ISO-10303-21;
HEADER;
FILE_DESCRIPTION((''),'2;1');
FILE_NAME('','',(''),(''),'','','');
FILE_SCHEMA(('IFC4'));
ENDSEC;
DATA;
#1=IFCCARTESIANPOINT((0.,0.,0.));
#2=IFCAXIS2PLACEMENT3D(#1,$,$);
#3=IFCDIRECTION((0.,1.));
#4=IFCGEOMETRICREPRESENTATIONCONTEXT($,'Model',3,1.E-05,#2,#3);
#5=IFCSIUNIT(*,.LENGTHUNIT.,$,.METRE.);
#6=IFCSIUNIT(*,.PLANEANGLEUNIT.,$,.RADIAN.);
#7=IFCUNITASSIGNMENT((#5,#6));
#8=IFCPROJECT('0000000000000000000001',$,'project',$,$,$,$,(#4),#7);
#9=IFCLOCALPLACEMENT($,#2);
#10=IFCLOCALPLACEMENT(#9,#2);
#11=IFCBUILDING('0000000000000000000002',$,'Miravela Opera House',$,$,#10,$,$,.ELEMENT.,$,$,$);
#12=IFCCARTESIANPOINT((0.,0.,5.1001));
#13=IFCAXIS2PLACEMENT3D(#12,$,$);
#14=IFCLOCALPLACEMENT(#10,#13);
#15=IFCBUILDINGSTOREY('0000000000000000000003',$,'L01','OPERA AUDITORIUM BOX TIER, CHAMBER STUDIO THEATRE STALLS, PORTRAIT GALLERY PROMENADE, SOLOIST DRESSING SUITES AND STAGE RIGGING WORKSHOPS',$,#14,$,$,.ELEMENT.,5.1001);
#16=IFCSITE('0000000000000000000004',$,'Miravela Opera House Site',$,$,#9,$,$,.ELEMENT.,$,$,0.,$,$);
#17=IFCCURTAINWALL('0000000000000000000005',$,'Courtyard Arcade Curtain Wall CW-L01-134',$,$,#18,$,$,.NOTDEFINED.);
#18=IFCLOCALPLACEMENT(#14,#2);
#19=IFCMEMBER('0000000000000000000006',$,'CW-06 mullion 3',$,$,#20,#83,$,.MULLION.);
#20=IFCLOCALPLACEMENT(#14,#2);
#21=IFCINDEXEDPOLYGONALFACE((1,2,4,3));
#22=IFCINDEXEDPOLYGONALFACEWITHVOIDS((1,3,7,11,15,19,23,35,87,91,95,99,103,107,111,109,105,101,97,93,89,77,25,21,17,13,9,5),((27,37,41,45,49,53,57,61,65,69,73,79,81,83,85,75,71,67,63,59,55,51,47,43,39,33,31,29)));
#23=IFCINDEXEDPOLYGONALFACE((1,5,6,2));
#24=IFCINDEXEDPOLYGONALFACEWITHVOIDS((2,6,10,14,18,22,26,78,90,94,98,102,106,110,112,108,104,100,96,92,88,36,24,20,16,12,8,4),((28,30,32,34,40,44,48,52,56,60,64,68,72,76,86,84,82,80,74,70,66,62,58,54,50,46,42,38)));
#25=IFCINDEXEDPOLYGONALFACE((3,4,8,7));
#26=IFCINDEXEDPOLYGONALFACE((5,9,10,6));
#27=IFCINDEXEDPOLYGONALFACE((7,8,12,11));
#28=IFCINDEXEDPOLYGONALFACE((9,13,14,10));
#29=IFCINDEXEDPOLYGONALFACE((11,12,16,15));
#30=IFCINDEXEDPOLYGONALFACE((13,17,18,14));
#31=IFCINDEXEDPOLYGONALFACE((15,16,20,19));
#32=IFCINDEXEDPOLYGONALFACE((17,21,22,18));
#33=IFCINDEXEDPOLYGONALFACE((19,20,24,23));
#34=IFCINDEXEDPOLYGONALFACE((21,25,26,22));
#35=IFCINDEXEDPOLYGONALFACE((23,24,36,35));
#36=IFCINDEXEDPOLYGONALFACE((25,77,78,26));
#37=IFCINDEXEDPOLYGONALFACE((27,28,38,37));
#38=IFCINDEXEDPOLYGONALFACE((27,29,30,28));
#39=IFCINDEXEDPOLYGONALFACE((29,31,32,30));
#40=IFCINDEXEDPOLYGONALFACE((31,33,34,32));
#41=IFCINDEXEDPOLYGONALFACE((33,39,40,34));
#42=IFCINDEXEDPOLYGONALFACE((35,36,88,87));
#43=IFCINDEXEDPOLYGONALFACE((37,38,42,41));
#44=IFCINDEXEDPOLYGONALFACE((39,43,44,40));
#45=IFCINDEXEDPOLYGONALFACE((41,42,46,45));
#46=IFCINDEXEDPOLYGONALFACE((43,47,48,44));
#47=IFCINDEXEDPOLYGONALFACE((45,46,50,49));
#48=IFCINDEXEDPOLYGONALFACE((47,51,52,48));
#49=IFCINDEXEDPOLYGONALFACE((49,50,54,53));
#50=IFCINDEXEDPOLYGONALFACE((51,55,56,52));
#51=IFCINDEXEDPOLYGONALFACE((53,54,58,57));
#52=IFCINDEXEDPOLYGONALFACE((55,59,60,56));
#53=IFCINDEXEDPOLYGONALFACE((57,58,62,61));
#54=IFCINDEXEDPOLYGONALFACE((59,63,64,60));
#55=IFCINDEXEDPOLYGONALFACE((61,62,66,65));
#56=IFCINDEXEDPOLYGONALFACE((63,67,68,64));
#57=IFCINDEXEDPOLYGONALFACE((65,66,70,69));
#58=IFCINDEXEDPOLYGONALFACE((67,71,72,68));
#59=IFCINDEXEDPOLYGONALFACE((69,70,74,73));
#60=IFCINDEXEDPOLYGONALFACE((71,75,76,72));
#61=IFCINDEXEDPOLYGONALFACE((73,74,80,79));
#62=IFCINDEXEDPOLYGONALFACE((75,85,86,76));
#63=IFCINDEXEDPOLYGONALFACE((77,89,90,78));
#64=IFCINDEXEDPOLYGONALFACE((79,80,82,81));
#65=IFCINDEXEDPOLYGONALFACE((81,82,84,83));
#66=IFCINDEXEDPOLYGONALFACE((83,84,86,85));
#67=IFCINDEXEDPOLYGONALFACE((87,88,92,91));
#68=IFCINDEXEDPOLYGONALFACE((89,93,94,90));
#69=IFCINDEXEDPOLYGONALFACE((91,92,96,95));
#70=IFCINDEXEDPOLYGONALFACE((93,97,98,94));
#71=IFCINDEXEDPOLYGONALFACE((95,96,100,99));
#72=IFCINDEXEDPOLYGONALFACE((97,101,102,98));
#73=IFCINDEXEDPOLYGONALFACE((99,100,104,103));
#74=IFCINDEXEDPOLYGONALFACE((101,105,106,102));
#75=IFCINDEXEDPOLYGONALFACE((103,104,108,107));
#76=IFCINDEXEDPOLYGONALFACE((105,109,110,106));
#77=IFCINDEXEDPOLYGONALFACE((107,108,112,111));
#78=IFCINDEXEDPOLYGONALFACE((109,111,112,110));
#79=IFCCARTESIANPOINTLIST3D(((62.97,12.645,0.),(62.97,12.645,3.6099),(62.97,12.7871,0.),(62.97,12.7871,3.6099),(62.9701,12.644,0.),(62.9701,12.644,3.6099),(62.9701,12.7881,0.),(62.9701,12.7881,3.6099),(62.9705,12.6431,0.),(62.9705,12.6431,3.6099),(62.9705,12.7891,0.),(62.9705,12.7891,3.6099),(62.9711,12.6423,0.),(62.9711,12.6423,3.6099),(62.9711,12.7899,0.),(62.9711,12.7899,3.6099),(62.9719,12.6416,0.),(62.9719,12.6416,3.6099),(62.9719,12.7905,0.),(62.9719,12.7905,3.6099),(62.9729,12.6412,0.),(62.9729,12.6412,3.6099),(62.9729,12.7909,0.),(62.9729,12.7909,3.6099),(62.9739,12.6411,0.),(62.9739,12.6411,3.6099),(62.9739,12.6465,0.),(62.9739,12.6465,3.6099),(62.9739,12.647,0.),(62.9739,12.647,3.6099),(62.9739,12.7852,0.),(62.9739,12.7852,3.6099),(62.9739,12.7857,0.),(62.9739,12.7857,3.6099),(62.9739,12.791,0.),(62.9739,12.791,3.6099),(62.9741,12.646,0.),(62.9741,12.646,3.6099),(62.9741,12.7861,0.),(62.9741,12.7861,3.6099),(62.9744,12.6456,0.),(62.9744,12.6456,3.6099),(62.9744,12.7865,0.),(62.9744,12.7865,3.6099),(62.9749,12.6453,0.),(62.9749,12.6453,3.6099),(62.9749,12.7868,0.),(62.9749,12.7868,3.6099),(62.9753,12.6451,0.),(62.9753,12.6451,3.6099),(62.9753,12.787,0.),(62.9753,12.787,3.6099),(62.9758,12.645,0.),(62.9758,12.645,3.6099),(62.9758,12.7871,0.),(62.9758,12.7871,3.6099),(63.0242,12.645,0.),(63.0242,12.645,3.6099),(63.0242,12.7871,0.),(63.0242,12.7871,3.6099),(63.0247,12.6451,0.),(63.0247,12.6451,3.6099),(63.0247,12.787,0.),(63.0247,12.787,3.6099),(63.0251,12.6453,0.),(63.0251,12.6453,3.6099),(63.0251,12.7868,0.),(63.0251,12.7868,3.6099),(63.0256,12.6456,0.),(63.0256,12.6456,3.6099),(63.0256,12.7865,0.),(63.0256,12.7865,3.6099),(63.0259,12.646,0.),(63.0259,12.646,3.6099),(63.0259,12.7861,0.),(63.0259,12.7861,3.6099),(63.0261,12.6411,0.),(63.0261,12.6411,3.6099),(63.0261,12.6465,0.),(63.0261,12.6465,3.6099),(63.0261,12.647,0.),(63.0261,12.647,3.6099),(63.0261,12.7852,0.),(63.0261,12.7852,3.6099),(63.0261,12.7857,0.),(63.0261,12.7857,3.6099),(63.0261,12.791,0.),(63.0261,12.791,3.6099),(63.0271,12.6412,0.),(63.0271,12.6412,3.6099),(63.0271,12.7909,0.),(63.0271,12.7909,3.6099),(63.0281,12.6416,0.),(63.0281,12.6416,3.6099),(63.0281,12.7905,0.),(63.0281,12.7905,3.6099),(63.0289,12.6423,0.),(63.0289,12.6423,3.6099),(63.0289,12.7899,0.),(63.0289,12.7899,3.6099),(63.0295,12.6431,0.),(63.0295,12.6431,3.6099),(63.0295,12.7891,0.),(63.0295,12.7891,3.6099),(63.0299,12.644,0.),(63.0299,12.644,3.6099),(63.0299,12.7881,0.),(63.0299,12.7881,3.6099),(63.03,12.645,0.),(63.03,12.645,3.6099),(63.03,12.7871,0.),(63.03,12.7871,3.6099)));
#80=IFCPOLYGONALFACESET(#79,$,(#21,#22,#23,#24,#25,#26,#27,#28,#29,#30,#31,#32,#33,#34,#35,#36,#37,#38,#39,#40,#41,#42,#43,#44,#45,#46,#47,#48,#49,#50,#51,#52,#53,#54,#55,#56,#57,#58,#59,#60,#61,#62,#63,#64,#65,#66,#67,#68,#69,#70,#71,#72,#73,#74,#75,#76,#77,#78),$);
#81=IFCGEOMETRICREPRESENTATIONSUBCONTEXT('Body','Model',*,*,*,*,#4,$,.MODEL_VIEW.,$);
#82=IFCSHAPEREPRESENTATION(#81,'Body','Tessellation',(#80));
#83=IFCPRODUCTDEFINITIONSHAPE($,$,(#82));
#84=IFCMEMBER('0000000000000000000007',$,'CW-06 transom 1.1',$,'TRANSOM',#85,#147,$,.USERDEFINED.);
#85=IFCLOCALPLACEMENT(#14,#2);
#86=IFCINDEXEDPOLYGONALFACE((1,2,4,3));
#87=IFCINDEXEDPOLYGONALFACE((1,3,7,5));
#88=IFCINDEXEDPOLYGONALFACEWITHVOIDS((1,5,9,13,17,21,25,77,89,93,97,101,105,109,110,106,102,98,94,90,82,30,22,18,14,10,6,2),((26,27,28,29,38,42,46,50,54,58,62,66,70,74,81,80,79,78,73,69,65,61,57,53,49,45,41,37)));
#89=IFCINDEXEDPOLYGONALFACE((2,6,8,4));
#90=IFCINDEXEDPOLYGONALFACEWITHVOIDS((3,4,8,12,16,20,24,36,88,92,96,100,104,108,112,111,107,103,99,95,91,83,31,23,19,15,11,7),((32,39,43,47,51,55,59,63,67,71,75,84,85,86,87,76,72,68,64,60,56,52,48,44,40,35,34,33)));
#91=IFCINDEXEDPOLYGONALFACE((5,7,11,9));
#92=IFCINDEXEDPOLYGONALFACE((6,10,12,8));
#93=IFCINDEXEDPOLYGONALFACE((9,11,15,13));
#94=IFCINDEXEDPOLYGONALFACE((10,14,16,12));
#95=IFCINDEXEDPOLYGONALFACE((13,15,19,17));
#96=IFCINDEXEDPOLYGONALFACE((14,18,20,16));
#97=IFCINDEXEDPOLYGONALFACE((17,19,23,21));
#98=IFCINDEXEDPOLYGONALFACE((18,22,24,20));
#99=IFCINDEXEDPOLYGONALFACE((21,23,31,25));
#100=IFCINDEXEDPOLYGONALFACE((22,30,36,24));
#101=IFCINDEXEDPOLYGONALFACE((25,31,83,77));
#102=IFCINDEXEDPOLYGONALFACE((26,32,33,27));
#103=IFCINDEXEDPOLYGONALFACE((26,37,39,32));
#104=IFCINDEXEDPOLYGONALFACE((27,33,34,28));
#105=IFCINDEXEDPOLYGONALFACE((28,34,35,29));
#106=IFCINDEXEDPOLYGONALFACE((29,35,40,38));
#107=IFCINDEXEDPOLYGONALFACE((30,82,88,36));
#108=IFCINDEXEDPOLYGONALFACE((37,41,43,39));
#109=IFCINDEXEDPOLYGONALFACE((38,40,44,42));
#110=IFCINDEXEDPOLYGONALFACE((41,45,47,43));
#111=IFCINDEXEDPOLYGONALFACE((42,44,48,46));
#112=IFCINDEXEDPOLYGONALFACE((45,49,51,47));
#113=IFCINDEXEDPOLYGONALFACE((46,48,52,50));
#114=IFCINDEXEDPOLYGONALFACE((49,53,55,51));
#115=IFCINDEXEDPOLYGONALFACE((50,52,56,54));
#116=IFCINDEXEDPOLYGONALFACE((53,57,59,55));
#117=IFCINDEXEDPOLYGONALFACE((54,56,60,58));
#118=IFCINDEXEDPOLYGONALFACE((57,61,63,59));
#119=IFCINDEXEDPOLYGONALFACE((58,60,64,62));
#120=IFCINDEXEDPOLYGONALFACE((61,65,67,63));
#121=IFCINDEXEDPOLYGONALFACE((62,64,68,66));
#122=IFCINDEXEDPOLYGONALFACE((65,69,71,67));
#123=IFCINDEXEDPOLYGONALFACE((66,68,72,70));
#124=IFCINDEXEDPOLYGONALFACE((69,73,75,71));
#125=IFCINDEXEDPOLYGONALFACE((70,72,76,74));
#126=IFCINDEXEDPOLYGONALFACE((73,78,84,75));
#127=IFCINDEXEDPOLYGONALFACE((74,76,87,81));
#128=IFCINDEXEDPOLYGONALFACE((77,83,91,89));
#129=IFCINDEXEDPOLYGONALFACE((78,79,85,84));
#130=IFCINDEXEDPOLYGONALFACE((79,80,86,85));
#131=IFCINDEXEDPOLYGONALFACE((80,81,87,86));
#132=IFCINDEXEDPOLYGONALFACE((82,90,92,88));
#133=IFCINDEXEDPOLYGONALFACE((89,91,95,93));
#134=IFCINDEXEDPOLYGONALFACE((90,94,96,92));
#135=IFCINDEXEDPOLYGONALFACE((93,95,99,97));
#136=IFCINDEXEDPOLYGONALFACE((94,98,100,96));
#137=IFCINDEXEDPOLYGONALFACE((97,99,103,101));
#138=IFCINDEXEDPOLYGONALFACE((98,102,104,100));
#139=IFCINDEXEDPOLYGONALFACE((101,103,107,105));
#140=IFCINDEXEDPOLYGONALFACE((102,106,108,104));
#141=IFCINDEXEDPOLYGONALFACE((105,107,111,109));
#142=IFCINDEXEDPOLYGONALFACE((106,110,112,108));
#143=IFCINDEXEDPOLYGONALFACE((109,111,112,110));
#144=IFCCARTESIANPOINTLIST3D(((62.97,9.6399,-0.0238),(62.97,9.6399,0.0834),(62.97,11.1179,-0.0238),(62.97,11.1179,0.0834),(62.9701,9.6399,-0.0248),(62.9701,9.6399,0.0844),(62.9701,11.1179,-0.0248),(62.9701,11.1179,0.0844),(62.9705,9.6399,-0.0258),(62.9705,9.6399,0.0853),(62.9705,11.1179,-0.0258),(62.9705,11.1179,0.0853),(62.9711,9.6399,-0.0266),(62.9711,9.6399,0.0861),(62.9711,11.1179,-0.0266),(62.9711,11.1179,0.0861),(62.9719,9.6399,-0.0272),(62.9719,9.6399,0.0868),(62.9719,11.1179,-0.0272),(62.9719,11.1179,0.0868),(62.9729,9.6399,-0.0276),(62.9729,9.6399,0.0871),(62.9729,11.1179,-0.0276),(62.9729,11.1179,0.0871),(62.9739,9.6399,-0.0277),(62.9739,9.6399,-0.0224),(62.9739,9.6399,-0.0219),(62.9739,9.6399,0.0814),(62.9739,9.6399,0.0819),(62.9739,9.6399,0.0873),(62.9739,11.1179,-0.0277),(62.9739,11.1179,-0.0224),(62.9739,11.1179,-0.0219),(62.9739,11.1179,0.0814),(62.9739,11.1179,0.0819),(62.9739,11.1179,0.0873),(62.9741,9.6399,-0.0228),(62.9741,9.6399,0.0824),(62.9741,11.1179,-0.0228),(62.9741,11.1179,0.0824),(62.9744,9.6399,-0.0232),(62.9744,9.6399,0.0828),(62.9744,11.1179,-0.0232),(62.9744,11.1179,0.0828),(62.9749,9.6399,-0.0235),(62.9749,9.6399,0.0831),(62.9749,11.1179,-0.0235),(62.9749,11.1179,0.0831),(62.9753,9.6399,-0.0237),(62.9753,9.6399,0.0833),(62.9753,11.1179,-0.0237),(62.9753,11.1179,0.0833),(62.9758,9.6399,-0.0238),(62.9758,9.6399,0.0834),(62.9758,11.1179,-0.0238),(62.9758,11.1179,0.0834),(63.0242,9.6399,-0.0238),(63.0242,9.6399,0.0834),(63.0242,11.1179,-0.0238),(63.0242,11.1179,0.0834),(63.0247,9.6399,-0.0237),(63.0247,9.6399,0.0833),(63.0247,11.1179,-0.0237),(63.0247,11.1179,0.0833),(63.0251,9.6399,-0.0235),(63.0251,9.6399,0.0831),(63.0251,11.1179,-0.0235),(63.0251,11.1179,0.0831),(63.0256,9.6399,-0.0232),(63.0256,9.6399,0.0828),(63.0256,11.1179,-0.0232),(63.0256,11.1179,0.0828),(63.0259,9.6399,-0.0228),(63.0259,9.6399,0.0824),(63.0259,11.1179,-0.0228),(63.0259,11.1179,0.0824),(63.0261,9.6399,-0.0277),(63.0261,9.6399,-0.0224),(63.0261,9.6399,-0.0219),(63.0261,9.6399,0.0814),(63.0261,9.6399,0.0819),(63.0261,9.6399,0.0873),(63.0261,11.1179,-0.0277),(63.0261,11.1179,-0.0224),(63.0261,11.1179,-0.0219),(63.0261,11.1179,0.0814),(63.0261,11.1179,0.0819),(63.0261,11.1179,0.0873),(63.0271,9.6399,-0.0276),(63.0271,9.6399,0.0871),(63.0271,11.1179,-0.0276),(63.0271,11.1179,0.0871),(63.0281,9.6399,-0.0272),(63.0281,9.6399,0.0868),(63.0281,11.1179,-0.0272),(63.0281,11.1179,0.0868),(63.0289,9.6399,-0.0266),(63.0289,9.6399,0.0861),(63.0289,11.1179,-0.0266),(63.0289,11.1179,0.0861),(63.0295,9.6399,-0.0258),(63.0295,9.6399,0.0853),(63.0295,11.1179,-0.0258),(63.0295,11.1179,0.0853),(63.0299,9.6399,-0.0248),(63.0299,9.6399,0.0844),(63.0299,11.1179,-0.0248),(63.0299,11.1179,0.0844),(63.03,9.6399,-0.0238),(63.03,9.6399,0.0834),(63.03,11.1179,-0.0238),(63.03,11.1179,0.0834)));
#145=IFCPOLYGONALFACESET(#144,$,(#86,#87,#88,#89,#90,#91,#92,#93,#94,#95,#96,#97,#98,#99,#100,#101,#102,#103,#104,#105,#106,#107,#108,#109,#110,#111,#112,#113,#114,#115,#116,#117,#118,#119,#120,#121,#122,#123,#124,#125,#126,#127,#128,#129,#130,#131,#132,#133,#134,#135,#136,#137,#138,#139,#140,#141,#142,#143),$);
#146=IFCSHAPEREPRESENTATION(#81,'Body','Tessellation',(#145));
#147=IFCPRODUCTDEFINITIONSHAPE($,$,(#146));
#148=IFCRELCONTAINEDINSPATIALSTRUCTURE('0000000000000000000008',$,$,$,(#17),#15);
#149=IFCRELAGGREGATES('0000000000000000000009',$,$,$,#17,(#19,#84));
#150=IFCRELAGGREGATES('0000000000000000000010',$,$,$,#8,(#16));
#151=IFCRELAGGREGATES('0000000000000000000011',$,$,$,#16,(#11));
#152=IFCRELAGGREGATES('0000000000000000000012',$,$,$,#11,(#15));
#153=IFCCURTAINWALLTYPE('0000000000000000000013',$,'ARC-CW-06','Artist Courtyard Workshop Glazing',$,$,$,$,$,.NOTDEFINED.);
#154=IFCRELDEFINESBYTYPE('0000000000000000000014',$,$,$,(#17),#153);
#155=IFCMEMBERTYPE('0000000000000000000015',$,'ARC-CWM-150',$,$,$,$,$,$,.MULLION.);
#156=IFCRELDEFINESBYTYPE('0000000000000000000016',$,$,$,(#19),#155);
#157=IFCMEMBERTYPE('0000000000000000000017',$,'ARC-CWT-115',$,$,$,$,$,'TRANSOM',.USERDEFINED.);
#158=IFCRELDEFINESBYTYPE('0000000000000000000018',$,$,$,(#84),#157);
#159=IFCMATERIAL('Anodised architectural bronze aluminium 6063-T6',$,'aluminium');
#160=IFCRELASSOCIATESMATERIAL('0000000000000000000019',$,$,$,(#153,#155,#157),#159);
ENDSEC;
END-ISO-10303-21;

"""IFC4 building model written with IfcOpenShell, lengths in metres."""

from ifc_helpers import new_model, si_unit, direction, frame, origin, origin_2d, place, context, subcontext, project, spatial, hollow_rectangle, extrude, material, material_profile, profile_set, type_object, element, aggregate, save


model = new_model("IFC4")

# Units and contexts
model_context = context("Model", 3, precision=1e-05, world=origin(), true_north=direction((0.0, 1.0)))
body_context = subcontext(model_context, "Body", "Model", "MODEL_VIEW")
ifc_project = project(units=[si_unit("LENGTHUNIT", "METRE"), si_unit("PLANEANGLEUNIT", "RADIAN")], contexts=[model_context])

# Site, building, storey
site_placement = place(None, origin())
site = spatial("IfcSite", under=ifc_project, at=site_placement, Name="Miravela Opera House Site", CompositionType="ELEMENT", RefElevation=0.0)
building_placement = place(site_placement, origin())
building = spatial("IfcBuilding", under=site, at=building_placement, Name="Miravela Opera House", CompositionType="ELEMENT")
storey_placement = place(building_placement, frame((0.0, 0.0, 5.1001)))
storey = spatial("IfcBuildingStorey", under=building, at=storey_placement, Name="L01", Description="OPERA AUDITORIUM BOX TIER, CHAMBER STUDIO THEATRE STALLS, PORTRAIT GALLERY PROMENADE, SOLOIST DRESSING SUITES AND STAGE RIGGING WORKSHOPS", CompositionType="ELEMENT", Elevation=5.1001)

# Curtain wall, members
ifc_material_1 = material(Name="Anodised architectural bronze aluminium 6063-T6", Category="aluminium")
curtain_wall_type = type_object("IfcCurtainWallType", Name="ARC-CW-06", Description="Artist Courtyard Workshop Glazing", PredefinedType="NOTDEFINED", material=ifc_material_1)
curtain_wall_placement = place(storey_placement, origin())
curtain_wall = element("IfcCurtainWall", 1, at=curtain_wall_placement, inside=storey, type_object=curtain_wall_type, Name="Courtyard Arcade Curtain Wall CW-L01-134", PredefinedType="NOTDEFINED")
ifc_material_profile_1 = material_profile(ifc_material_1, hollow_rectangle(XDim=0.0601, YDim=0.1499, WallThickness=0.0039, InnerFilletRadius=0.002, OuterFilletRadius=0.0039, at=origin_2d()), Name="CWM-60X150")
ifc_profile_set_1 = profile_set([ifc_material_profile_1])
member_type_1 = type_object("IfcMemberType", Name="ARC-CWM-150", PredefinedType="MULLION", material=ifc_profile_set_1)
member_1_placement = place(storey_placement, frame((63.0, 12.7161, 0.0), z_axis=(0.0, 0.0, 1.0), x_axis=(-1.0, 0.0, 0.0)))
member_1 = element("IfcMember", 2, at=member_1_placement, type_object=member_type_1, Name="CW-06 mullion 3", PredefinedType="MULLION", context=body_context, shape_type="SweptSolid", body=[
    extrude(hollow_rectangle(XDim=0.0601, YDim=0.1499, WallThickness=0.0039, InnerFilletRadius=0.002, OuterFilletRadius=0.0039, at=origin_2d()), origin(), (0.0, 0.0, 1.0), 3.6099),
])
ifc_material_profile_2 = material_profile(ifc_material_1, hollow_rectangle(XDim=0.0601, YDim=0.115, WallThickness=0.0039, InnerFilletRadius=0.002, OuterFilletRadius=0.0039, at=origin_2d()), Name="CWT-60X115")
ifc_profile_set_2 = profile_set([ifc_material_profile_2])
member_type_2 = type_object("IfcMemberType", Name="ARC-CWT-115", ElementType="TRANSOM", PredefinedType="USERDEFINED", material=ifc_profile_set_2)
member_2_placement = place(storey_placement, frame((63.0, 9.6399, 0.0298), z_axis=(0.0, 1.0, 0.0), x_axis=(-1.0, 0.0, 0.0)))
member_2 = element("IfcMember", 3, at=member_2_placement, type_object=member_type_2, Name="CW-06 transom 1.1", ObjectType="TRANSOM", PredefinedType="USERDEFINED", context=body_context, shape_type="SweptSolid", body=[
    extrude(hollow_rectangle(XDim=0.0601, YDim=0.115, WallThickness=0.0039, InnerFilletRadius=0.002, OuterFilletRadius=0.0039, at=origin_2d()), origin(), (0.0, 0.0, 1.0), 1.478),
])

aggregate(curtain_wall, [member_1, member_2])

save(model, "model.ifc")
